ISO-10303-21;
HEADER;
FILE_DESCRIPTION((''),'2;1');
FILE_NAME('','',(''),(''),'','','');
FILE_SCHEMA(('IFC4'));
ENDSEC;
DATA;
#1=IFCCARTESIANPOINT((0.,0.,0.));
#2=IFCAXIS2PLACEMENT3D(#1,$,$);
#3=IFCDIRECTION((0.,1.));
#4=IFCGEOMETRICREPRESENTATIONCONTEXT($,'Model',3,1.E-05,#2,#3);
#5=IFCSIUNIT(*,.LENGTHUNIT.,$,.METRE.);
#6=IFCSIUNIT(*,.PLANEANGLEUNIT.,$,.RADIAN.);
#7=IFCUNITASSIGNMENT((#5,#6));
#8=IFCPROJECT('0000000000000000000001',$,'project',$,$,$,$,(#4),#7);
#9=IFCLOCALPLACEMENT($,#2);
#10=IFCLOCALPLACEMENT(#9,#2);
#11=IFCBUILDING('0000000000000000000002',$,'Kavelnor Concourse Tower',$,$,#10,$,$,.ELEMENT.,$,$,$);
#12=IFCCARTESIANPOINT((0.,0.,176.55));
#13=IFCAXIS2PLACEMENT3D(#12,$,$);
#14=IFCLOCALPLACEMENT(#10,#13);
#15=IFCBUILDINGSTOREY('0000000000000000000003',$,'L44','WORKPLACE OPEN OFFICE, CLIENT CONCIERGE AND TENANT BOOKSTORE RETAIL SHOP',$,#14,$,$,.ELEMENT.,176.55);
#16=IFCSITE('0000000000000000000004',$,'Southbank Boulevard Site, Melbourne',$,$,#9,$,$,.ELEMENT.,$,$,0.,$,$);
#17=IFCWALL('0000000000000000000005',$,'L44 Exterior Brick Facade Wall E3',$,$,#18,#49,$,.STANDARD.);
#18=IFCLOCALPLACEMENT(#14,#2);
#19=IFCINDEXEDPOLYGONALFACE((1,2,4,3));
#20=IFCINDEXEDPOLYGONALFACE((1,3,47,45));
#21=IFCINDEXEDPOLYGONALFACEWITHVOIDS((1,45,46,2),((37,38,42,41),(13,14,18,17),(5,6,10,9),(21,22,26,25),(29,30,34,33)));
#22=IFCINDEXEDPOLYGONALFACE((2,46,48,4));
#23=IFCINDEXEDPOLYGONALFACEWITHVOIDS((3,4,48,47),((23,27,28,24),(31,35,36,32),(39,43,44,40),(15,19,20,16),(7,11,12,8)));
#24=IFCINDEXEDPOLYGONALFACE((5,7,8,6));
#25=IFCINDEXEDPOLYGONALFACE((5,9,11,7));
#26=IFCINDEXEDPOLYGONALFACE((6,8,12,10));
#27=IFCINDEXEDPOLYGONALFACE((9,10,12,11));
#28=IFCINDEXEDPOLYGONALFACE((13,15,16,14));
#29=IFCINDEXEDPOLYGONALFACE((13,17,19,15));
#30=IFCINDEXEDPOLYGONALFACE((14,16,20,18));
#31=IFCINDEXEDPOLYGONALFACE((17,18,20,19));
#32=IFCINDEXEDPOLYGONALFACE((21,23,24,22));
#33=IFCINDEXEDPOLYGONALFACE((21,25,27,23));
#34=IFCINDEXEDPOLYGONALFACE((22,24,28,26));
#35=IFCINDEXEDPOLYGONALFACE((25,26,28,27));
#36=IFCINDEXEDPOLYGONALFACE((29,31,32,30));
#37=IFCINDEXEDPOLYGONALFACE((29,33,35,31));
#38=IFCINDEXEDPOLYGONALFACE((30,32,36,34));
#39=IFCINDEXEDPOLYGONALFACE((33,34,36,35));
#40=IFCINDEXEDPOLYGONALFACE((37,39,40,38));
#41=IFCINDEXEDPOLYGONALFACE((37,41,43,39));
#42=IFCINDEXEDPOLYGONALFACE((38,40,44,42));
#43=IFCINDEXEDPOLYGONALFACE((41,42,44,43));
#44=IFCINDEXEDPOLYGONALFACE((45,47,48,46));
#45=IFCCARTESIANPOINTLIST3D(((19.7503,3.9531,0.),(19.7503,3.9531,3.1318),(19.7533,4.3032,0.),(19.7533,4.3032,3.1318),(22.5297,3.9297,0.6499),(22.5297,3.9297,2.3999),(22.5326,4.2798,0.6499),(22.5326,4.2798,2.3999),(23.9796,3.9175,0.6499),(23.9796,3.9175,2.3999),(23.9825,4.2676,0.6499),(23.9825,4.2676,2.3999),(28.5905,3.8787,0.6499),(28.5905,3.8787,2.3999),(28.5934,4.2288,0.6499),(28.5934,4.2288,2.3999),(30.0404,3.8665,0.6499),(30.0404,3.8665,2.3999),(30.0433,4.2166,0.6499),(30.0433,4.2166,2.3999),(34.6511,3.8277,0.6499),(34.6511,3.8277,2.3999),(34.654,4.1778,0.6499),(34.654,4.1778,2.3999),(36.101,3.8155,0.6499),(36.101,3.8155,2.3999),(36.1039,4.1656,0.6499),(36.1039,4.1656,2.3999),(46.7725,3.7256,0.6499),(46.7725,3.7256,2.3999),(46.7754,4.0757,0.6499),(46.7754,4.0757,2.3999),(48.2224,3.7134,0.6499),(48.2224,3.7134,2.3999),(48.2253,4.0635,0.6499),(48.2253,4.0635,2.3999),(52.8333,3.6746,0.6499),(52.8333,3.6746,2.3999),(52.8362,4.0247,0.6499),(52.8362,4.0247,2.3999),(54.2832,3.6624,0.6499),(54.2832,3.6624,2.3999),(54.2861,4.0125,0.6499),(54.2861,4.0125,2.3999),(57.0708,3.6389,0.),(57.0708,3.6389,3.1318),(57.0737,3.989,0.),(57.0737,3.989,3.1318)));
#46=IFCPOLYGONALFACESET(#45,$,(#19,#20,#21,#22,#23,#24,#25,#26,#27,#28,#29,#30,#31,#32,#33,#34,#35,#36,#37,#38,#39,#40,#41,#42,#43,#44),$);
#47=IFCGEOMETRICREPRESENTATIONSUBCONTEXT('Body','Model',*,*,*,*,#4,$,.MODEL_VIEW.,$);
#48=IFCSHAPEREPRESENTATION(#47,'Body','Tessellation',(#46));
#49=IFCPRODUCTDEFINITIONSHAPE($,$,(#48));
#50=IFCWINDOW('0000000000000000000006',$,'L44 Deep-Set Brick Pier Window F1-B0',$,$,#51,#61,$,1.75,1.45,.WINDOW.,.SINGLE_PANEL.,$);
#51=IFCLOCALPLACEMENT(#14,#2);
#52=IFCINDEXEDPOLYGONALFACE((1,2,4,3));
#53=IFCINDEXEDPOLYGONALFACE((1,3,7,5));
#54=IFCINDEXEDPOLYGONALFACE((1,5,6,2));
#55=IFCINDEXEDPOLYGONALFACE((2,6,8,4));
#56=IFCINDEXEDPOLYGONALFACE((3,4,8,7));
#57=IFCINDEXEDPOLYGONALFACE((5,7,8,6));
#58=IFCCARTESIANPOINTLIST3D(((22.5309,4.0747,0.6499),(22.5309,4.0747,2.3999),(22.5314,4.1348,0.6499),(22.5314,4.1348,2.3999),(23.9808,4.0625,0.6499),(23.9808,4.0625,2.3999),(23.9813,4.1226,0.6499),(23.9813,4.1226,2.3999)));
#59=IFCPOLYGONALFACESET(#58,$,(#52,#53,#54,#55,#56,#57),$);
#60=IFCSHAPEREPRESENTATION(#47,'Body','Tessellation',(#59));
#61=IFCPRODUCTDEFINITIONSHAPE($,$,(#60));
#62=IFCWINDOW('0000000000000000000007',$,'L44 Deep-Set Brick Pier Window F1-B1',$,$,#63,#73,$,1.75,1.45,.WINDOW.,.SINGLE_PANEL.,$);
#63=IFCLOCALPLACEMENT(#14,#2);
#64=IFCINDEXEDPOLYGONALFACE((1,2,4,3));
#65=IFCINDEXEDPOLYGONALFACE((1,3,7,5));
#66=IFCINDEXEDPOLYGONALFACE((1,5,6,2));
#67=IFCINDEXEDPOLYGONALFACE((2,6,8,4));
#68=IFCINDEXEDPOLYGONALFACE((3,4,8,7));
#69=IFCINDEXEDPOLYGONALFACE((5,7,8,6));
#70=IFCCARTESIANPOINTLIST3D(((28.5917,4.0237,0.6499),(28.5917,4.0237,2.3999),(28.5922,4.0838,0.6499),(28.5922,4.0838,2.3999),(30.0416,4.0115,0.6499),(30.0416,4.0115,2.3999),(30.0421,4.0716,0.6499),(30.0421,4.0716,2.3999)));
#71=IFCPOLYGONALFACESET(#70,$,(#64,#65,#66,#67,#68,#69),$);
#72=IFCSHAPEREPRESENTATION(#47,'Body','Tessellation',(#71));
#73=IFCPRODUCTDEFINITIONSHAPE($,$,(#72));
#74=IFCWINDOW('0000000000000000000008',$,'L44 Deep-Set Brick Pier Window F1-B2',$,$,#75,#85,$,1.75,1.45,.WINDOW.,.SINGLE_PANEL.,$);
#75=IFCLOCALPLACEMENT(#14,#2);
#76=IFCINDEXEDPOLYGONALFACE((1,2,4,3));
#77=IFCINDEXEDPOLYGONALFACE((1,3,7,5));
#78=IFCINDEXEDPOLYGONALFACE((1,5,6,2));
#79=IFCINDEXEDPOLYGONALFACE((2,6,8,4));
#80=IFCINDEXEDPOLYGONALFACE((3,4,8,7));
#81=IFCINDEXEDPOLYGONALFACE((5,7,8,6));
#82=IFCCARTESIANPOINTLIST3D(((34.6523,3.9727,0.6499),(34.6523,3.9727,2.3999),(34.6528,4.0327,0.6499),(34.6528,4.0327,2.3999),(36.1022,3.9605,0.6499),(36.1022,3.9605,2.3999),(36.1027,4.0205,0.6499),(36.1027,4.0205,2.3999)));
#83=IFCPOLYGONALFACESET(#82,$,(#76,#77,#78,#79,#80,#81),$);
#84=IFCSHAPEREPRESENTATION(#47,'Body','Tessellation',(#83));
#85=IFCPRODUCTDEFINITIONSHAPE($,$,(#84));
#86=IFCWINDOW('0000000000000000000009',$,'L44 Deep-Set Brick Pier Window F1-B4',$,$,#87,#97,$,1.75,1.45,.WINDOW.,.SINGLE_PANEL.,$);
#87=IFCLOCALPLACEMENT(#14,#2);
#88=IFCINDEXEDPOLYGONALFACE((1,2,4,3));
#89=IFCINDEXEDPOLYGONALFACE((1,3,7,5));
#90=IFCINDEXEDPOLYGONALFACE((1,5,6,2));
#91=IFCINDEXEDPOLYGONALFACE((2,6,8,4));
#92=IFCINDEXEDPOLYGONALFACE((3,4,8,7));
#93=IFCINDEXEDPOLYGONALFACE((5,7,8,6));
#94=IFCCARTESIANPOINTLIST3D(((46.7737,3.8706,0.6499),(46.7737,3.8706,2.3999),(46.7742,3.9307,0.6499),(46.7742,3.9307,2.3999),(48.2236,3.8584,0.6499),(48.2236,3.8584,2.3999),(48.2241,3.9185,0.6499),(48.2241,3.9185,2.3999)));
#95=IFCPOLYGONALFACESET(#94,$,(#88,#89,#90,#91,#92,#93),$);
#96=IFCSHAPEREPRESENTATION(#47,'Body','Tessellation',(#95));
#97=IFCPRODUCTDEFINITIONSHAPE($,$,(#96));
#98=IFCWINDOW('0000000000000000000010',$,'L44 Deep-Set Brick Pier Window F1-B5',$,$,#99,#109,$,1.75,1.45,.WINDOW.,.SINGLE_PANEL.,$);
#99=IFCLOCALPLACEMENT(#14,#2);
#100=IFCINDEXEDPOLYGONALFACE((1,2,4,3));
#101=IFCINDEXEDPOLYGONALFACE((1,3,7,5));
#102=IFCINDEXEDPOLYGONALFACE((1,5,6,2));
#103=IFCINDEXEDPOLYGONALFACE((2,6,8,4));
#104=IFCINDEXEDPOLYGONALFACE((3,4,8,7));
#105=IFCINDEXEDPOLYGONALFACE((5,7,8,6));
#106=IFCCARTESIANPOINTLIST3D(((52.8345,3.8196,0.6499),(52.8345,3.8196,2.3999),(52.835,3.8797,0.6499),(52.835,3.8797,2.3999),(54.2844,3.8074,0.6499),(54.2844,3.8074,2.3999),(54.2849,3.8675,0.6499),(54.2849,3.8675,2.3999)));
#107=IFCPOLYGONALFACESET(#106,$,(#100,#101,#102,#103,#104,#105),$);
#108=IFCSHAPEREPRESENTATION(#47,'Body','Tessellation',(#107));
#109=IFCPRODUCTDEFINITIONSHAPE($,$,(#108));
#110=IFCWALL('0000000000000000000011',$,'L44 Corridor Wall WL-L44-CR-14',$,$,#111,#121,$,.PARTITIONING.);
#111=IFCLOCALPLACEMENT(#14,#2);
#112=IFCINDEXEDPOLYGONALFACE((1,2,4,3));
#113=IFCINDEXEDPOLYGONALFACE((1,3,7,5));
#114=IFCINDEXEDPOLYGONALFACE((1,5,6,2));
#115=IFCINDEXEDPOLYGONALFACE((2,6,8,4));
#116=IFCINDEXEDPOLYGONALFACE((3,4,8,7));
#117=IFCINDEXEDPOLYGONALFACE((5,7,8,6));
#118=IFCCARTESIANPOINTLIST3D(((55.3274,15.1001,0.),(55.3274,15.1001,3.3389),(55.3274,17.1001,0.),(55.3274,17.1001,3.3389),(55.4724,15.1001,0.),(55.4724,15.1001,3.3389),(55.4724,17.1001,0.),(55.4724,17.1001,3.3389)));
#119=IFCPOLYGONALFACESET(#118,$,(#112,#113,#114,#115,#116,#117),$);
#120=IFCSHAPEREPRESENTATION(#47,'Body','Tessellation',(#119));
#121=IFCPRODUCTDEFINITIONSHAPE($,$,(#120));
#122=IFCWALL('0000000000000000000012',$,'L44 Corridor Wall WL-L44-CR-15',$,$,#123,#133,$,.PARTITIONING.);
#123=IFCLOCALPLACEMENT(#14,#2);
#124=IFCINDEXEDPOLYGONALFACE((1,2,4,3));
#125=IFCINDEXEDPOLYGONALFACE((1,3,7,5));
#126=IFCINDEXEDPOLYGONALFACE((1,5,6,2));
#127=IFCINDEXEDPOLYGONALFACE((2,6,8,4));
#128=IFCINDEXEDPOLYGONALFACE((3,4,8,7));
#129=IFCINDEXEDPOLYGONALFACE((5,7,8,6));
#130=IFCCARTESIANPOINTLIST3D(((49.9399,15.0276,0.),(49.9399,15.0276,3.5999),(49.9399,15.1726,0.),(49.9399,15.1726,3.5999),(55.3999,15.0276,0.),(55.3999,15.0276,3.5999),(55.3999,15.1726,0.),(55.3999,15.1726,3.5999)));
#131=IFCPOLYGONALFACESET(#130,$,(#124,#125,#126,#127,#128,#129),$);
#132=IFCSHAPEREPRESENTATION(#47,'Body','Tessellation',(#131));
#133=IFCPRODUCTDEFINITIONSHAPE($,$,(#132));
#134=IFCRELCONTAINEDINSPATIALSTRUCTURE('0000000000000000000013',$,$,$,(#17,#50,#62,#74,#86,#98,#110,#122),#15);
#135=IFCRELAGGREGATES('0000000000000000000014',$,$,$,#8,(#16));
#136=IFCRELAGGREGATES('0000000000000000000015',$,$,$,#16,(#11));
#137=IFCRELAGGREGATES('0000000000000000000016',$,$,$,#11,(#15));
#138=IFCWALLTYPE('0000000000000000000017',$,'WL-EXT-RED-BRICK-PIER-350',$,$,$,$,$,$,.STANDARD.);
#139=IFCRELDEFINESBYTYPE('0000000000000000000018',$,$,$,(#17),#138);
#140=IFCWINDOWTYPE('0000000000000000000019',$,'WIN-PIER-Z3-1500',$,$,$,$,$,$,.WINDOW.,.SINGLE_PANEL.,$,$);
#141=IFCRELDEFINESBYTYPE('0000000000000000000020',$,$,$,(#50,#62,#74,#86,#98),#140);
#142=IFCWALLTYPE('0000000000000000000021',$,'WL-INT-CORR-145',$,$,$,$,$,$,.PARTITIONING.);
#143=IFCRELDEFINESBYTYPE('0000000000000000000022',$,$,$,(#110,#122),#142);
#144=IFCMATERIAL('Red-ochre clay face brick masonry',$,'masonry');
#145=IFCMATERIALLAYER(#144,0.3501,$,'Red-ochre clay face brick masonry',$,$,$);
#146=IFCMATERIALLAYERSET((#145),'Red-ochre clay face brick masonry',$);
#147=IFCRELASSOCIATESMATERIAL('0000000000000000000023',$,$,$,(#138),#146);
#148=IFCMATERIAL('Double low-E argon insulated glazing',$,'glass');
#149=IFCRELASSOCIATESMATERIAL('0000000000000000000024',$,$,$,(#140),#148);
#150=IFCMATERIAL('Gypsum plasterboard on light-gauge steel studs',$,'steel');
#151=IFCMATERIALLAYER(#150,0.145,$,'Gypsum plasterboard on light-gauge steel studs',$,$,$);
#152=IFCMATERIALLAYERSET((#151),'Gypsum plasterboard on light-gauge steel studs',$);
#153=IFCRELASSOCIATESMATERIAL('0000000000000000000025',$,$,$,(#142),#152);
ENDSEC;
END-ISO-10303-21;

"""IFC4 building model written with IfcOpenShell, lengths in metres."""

from ifc_helpers import new_model, si_unit, direction, frame, frame_2d, origin, place, context, subcontext, project, spatial, rectangle, extrude, material, layer, layer_set, type_object, element, fill, save


model = new_model("IFC4")

# Units and contexts
model_context = context("Model", 3, precision=1e-05, world=origin(), true_north=direction((0.0, 1.0)))
body_context = subcontext(model_context, "Body", "Model", "MODEL_VIEW")
ifc_project = project(units=[si_unit("LENGTHUNIT", "METRE"), si_unit("PLANEANGLEUNIT", "RADIAN")], contexts=[model_context])

# Site, building, storey
site_placement = place(None, origin())
site = spatial("IfcSite", under=ifc_project, at=site_placement, Name="Southbank Boulevard Site, Melbourne", CompositionType="ELEMENT", RefElevation=0.0)
building_placement = place(site_placement, origin())
building = spatial("IfcBuilding", under=site, at=building_placement, Name="Kavelnor Concourse Tower", CompositionType="ELEMENT")
storey_placement = place(building_placement, frame((0.0, 0.0, 176.55)))
storey = spatial("IfcBuildingStorey", under=building, at=storey_placement, Name="L44", Description="WORKPLACE OPEN OFFICE, CLIENT CONCIERGE AND TENANT BOOKSTORE RETAIL SHOP", CompositionType="ELEMENT", Elevation=176.55)

# Shared definitions
ifc_material_1 = material(Name="Double low-E argon insulated glazing", Category="glass")

# Wall, openings, windows
ifc_material_2 = material(Name="Red-ochre clay face brick masonry", Category="masonry")
ifc_layer_1 = layer(ifc_material_2, 0.3501, Name="Red-ochre clay face brick masonry")
ifc_layer_set_1 = layer_set([ifc_layer_1], Name="Red-ochre clay face brick masonry")
wall_type_1 = type_object("IfcWallType", Name="WL-EXT-RED-BRICK-PIER-350", PredefinedType="STANDARD", material=ifc_layer_set_1)
wall_1_placement = place(storey_placement, frame((57.0723, 3.814, 0.0), z_axis=(0.0, 0.0, 1.0), x_axis=(-0.999965, 0.008419, 0.0)))
wall_1 = element("IfcWall", 1, at=wall_1_placement, inside=storey, type_object=wall_type_1, Name="L44 Exterior Brick Facade Wall E3", PredefinedType="STANDARD", context=body_context, shape_type="SweptSolid", body=[
    extrude(rectangle(XDim=37.3218, YDim=0.3501, at=frame_2d((18.6609, 0.0))), origin(), (0.0, 0.0, 1.0), 3.1318),
])
opening_1_placement = place(wall_1_placement, frame((33.0923, 0.0, 0.6499)))
opening_1 = element("IfcOpeningElement", 2, at=opening_1_placement, cuts=wall_1, PredefinedType="OPENING", context=body_context, shape_type="SweptSolid", body=[
    extrude(rectangle(XDim=1.45, YDim=1.75, at=frame_2d((0.7251, 0.875))), frame((0.0, 0.1851, 0.0), z_axis=(0.0, -1.0, 0.0), x_axis=(1.0, 0.0, 0.0)), (0.0, 0.0, 1.0), 0.3701),
])
opening_2_placement = place(wall_1_placement, frame((27.0312, 0.0, 0.6499)))
opening_2 = element("IfcOpeningElement", 3, at=opening_2_placement, cuts=wall_1, PredefinedType="OPENING", context=body_context, shape_type="SweptSolid", body=[
    extrude(rectangle(XDim=1.45, YDim=1.75, at=frame_2d((0.7251, 0.875))), frame((0.0, 0.1851, 0.0), z_axis=(0.0, -1.0, 0.0), x_axis=(1.0, 0.0, 0.0)), (0.0, 0.0, 1.0), 0.3701),
])
opening_3_placement = place(wall_1_placement, frame((20.9705, 0.0, 0.6499)))
opening_3 = element("IfcOpeningElement", 4, at=opening_3_placement, cuts=wall_1, PredefinedType="OPENING", context=body_context, shape_type="SweptSolid", body=[
    extrude(rectangle(XDim=1.45, YDim=1.75, at=frame_2d((0.7251, 0.875))), frame((0.0, 0.1851, 0.0), z_axis=(0.0, -1.0, 0.0), x_axis=(1.0, 0.0, 0.0)), (0.0, 0.0, 1.0), 0.3701),
])
opening_4_placement = place(wall_1_placement, frame((8.8486, 0.0, 0.6499)))
opening_4 = element("IfcOpeningElement", 5, at=opening_4_placement, cuts=wall_1, PredefinedType="OPENING", context=body_context, shape_type="SweptSolid", body=[
    extrude(rectangle(XDim=1.45, YDim=1.75, at=frame_2d((0.7251, 0.875))), frame((0.0, 0.1851, 0.0), z_axis=(0.0, -1.0, 0.0), x_axis=(1.0, 0.0, 0.0)), (0.0, 0.0, 1.0), 0.3701),
])
opening_5_placement = place(wall_1_placement, frame((2.7876, 0.0, 0.6499)))
opening_5 = element("IfcOpeningElement", 6, at=opening_5_placement, cuts=wall_1, PredefinedType="OPENING", context=body_context, shape_type="SweptSolid", body=[
    extrude(rectangle(XDim=1.45, YDim=1.75, at=frame_2d((0.7251, 0.875))), frame((0.0, 0.1851, 0.0), z_axis=(0.0, -1.0, 0.0), x_axis=(1.0, 0.0, 0.0)), (0.0, 0.0, 1.0), 0.3701),
])
window_type_1 = type_object("IfcWindowType", Name="WIN-PIER-Z3-1500", PartitioningType="SINGLE_PANEL", PredefinedType="WINDOW", material=ifc_material_1)
window_1_placement = place(opening_1_placement, origin())
window_1 = element("IfcWindow", 7, at=window_1_placement, inside=storey, type_object=window_type_1, Name="L44 Deep-Set Brick Pier Window F1-B0", OverallHeight=1.75, OverallWidth=1.45, PartitioningType="SINGLE_PANEL", PredefinedType="WINDOW", context=body_context, shape_type="SweptSolid", body=[
    extrude(rectangle(XDim=1.45, YDim=1.75, at=frame_2d((0.7251, 0.875))), frame((0.0, 0.03, 0.0), z_axis=(0.0, -1.0, 0.0), x_axis=(1.0, 0.0, 0.0)), (0.0, 0.0, 1.0), 0.0601),
])
fill(opening_1, window_1)
window_2_placement = place(opening_2_placement, origin())
window_2 = element("IfcWindow", 8, at=window_2_placement, inside=storey, type_object=window_type_1, Name="L44 Deep-Set Brick Pier Window F1-B1", OverallHeight=1.75, OverallWidth=1.45, PartitioningType="SINGLE_PANEL", PredefinedType="WINDOW", context=body_context, shape_type="SweptSolid", body=[
    extrude(rectangle(XDim=1.45, YDim=1.75, at=frame_2d((0.7251, 0.875))), frame((0.0, 0.03, 0.0), z_axis=(0.0, -1.0, 0.0), x_axis=(1.0, 0.0, 0.0)), (0.0, 0.0, 1.0), 0.0601),
])
fill(opening_2, window_2)
window_3_placement = place(opening_3_placement, origin())
window_3 = element("IfcWindow", 9, at=window_3_placement, inside=storey, type_object=window_type_1, Name="L44 Deep-Set Brick Pier Window F1-B2", OverallHeight=1.75, OverallWidth=1.45, PartitioningType="SINGLE_PANEL", PredefinedType="WINDOW", context=body_context, shape_type="SweptSolid", body=[
    extrude(rectangle(XDim=1.45, YDim=1.75, at=frame_2d((0.7251, 0.875))), frame((0.0, 0.03, 0.0), z_axis=(0.0, -1.0, 0.0), x_axis=(1.0, 0.0, 0.0)), (0.0, 0.0, 1.0), 0.0601),
])
fill(opening_3, window_3)
window_4_placement = place(opening_4_placement, origin())
window_4 = element("IfcWindow", 10, at=window_4_placement, inside=storey, type_object=window_type_1, Name="L44 Deep-Set Brick Pier Window F1-B4", OverallHeight=1.75, OverallWidth=1.45, PartitioningType="SINGLE_PANEL", PredefinedType="WINDOW", context=body_context, shape_type="SweptSolid", body=[
    extrude(rectangle(XDim=1.45, YDim=1.75, at=frame_2d((0.7251, 0.875))), frame((0.0, 0.03, 0.0), z_axis=(0.0, -1.0, 0.0), x_axis=(1.0, 0.0, 0.0)), (0.0, 0.0, 1.0), 0.0601),
])
fill(opening_4, window_4)
window_5_placement = place(opening_5_placement, origin())
window_5 = element("IfcWindow", 11, at=window_5_placement, inside=storey, type_object=window_type_1, Name="L44 Deep-Set Brick Pier Window F1-B5", OverallHeight=1.75, OverallWidth=1.45, PartitioningType="SINGLE_PANEL", PredefinedType="WINDOW", context=body_context, shape_type="SweptSolid", body=[
    extrude(rectangle(XDim=1.45, YDim=1.75, at=frame_2d((0.7251, 0.875))), frame((0.0, 0.03, 0.0), z_axis=(0.0, -1.0, 0.0), x_axis=(1.0, 0.0, 0.0)), (0.0, 0.0, 1.0), 0.0601),
])
fill(opening_5, window_5)

# Walls
ifc_material_3 = material(Name="Gypsum plasterboard on light-gauge steel studs", Category="steel")
ifc_layer_2 = layer(ifc_material_3, 0.145, Name="Gypsum plasterboard on light-gauge steel studs")
ifc_layer_set_2 = layer_set([ifc_layer_2], Name="Gypsum plasterboard on light-gauge steel studs")
wall_type_2 = type_object("IfcWallType", Name="WL-INT-CORR-145", PredefinedType="PARTITIONING", material=ifc_layer_set_2)
wall_2_placement = place(storey_placement, frame((55.3999, 17.1001, 0.0), z_axis=(0.0, 0.0, 1.0), x_axis=(0.0, -1.0, 0.0)))
element("IfcWall", 12, at=wall_2_placement, inside=storey, type_object=wall_type_2, Name="L44 Corridor Wall WL-L44-CR-14", PredefinedType="PARTITIONING", context=body_context, shape_type="SweptSolid", body=[
    extrude(rectangle(XDim=2.0, YDim=0.145, at=frame_2d((1.0, 0.0))), origin(), (0.0, 0.0, 1.0), 3.3389),
])
wall_3_placement = place(storey_placement, frame((55.3999, 15.1001, 0.0), z_axis=(0.0, 0.0, 1.0), x_axis=(-1.0, 0.0, 0.0)))
element("IfcWall", 13, at=wall_3_placement, inside=storey, type_object=wall_type_2, Name="L44 Corridor Wall WL-L44-CR-15", PredefinedType="PARTITIONING", context=body_context, shape_type="SweptSolid", body=[
    extrude(rectangle(XDim=5.46, YDim=0.145, at=frame_2d((2.73, 0.0))), origin(), (0.0, 0.0, 1.0), 3.5999),
])

save(model, "model.ifc")
